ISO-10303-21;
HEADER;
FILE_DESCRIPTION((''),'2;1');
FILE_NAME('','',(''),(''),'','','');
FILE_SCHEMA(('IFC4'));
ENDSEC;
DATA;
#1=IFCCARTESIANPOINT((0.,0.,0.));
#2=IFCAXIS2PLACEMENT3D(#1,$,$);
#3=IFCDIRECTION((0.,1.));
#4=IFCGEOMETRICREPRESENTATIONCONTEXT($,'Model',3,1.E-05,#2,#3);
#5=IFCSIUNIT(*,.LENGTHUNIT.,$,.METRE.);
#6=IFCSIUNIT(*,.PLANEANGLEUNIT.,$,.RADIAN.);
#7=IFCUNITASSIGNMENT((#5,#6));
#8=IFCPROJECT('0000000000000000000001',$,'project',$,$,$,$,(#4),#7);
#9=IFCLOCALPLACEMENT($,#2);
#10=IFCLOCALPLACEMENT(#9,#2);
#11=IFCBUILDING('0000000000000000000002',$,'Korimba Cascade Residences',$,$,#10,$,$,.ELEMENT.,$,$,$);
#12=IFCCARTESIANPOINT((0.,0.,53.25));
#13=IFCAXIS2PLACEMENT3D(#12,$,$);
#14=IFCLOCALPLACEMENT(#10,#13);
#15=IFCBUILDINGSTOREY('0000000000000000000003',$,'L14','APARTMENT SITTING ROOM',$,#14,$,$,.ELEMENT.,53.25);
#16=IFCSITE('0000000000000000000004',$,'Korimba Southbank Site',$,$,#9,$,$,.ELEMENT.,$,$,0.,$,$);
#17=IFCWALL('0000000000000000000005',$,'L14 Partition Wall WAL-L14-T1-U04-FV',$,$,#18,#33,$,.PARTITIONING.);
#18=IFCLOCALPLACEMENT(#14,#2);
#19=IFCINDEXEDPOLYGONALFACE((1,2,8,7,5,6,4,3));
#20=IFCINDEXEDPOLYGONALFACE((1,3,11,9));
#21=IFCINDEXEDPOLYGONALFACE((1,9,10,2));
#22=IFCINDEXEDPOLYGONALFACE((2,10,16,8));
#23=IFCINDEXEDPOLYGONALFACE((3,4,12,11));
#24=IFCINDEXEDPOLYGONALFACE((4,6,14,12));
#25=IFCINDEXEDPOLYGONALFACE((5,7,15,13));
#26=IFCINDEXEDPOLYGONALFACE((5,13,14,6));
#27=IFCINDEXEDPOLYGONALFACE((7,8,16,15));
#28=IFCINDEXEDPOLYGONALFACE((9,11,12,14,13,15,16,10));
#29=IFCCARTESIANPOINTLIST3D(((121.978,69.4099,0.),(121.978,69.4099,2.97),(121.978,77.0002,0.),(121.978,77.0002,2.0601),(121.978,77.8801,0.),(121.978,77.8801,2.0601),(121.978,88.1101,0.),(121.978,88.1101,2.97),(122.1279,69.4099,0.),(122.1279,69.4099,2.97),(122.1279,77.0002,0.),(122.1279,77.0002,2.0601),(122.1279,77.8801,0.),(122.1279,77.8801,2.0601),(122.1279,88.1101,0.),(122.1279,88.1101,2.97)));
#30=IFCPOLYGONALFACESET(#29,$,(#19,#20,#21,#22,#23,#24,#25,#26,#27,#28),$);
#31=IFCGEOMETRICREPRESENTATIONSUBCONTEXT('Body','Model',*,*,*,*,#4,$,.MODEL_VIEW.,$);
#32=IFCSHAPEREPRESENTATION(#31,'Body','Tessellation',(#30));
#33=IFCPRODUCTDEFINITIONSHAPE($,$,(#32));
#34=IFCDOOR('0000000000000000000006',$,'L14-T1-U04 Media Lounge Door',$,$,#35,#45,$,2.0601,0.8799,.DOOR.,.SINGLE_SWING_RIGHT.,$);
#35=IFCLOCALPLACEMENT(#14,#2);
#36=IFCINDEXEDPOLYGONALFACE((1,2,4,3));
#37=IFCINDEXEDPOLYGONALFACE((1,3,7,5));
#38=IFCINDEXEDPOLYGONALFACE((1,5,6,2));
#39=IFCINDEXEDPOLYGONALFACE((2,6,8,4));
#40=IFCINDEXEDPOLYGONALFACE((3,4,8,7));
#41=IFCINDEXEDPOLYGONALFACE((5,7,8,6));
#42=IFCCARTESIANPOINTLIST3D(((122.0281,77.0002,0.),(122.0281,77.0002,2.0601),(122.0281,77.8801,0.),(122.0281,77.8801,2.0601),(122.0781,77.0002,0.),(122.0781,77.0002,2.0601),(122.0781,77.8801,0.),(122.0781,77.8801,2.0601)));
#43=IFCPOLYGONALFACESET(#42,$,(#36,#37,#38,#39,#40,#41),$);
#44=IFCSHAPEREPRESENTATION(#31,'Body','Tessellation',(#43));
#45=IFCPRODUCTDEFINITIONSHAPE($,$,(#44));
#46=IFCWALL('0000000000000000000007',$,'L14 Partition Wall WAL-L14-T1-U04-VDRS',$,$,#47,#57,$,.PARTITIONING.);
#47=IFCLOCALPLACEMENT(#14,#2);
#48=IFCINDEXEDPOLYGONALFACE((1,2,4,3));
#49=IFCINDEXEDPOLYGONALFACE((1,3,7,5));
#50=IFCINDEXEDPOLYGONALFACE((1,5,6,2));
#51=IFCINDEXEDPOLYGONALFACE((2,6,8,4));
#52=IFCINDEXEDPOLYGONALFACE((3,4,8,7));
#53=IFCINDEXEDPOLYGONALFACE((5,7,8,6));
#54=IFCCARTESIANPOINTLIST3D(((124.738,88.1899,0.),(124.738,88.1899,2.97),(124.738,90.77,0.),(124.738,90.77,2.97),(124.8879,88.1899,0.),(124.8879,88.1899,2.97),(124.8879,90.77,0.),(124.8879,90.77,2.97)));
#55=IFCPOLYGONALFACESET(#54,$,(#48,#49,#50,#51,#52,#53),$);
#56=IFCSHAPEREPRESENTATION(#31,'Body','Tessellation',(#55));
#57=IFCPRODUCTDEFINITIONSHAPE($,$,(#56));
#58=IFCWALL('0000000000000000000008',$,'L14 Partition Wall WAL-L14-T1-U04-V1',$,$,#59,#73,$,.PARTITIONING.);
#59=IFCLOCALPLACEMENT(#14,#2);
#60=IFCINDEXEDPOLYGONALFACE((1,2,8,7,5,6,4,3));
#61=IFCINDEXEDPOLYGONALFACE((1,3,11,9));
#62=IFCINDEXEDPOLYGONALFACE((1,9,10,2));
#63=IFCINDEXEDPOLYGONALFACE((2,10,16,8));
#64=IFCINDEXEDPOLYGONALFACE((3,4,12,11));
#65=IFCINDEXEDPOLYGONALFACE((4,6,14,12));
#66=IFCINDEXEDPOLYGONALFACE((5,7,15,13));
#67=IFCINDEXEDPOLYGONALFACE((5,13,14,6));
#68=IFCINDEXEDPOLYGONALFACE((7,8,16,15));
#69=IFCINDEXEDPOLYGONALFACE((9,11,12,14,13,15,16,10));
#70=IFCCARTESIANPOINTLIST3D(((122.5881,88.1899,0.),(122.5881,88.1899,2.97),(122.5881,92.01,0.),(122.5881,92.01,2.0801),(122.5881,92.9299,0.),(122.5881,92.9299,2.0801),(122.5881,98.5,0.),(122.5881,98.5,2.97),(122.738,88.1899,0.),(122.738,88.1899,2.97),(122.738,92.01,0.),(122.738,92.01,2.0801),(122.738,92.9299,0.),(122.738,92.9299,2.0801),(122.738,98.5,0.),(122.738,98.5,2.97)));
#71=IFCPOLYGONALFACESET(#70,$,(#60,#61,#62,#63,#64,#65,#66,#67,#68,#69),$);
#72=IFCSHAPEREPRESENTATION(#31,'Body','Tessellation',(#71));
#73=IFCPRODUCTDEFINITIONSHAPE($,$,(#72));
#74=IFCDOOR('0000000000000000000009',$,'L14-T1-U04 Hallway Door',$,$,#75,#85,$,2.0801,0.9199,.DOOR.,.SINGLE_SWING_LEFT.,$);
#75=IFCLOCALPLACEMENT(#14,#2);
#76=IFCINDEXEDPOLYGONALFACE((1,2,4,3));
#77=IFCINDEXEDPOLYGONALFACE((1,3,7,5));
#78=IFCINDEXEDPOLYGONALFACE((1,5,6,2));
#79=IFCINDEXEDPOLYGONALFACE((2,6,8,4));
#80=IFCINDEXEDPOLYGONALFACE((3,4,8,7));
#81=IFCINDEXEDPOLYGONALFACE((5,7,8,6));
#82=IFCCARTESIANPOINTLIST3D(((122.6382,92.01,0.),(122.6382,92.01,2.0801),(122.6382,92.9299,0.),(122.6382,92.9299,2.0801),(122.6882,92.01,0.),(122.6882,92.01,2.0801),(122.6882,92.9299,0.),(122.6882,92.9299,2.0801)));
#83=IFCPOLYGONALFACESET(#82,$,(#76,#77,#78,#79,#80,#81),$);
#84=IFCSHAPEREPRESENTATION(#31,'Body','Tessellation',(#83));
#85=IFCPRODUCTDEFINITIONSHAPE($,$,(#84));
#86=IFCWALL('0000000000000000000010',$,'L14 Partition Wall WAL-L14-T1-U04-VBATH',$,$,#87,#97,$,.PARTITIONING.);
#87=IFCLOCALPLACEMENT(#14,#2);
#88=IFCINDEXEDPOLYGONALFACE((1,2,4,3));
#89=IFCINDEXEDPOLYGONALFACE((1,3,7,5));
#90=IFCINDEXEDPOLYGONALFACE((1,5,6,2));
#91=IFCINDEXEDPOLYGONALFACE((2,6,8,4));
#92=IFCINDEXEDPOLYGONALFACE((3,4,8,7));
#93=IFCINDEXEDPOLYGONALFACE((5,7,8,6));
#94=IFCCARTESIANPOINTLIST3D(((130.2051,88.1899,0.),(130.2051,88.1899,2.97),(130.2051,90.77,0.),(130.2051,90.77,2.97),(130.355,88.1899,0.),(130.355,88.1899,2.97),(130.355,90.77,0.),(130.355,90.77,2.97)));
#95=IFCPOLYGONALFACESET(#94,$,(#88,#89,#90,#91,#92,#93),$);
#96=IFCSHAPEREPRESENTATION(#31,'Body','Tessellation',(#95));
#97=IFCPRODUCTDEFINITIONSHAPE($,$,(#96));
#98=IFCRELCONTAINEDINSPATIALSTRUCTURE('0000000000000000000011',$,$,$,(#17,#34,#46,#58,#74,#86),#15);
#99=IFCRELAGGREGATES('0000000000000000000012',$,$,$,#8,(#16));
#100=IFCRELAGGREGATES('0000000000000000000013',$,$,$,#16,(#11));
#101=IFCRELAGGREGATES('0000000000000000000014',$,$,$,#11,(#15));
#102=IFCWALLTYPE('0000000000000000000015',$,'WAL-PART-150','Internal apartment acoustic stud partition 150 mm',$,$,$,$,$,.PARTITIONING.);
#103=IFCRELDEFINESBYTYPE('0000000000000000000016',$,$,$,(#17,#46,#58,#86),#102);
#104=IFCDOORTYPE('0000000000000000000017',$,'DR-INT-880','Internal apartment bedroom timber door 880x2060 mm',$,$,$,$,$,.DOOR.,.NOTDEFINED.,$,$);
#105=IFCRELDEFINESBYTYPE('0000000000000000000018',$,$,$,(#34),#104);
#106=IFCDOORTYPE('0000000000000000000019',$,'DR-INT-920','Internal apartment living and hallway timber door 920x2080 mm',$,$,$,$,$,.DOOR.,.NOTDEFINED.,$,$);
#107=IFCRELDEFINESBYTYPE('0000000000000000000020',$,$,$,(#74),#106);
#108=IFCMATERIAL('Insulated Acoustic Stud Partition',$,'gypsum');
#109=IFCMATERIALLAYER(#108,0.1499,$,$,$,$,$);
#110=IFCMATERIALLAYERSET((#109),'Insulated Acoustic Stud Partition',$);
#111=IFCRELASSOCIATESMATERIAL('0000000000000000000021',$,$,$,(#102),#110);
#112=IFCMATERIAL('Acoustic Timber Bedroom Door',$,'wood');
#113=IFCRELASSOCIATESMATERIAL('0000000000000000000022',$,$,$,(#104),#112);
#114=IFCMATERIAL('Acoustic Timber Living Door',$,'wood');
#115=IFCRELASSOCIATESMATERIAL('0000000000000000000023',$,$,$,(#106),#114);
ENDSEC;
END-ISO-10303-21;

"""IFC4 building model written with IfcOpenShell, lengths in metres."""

from ifc_helpers import new_model, si_unit, direction, frame, frame_2d, origin, place, context, subcontext, project, spatial, rectangle, extrude, material, layer, layer_set, type_object, element, fill, save


model = new_model("IFC4")

# Units and contexts
model_context = context("Model", 3, precision=1e-05, world=origin(), true_north=direction((0.0, 1.0)))
body_context = subcontext(model_context, "Body", "Model", "MODEL_VIEW")
ifc_project = project(units=[si_unit("LENGTHUNIT", "METRE"), si_unit("PLANEANGLEUNIT", "RADIAN")], contexts=[model_context])

# Site, building, storey
site_placement = place(None, origin())
site = spatial("IfcSite", under=ifc_project, at=site_placement, Name="Korimba Southbank Site", CompositionType="ELEMENT", RefElevation=0.0)
building_placement = place(site_placement, origin())
building = spatial("IfcBuilding", under=site, at=building_placement, Name="Korimba Cascade Residences", CompositionType="ELEMENT")
storey_placement = place(building_placement, frame((0.0, 0.0, 53.25)))
storey = spatial("IfcBuildingStorey", under=building, at=storey_placement, Name="L14", Description="APARTMENT SITTING ROOM", CompositionType="ELEMENT", Elevation=53.25)

# Shared definitions
ifc_material_1 = material(Name="Insulated Acoustic Stud Partition", Category="gypsum")
ifc_layer_1 = layer(ifc_material_1, 0.1499)
ifc_layer_set_1 = layer_set([ifc_layer_1], Name="Insulated Acoustic Stud Partition")
wall_type_1 = type_object("IfcWallType", Name="WAL-PART-150", Description="Internal apartment acoustic stud partition 150 mm", PredefinedType="PARTITIONING", material=ifc_layer_set_1)
ifc_material_2 = material(Name="Acoustic Timber Bedroom Door", Category="wood")
door_type_1 = type_object("IfcDoorType", Name="DR-INT-880", Description="Internal apartment bedroom timber door 880x2060 mm", OperationType="NOTDEFINED", PredefinedType="DOOR", material=ifc_material_2)

# Wall, opening, door
wall_1_placement = place(storey_placement, frame((122.053, 69.4099, 0.0), z_axis=(0.0, 0.0, 1.0), x_axis=(0.0, 1.0, 0.0)))
wall_1 = element("IfcWall", 1, at=wall_1_placement, inside=storey, type_object=wall_type_1, Name="L14 Partition Wall WAL-L14-T1-U04-FV", PredefinedType="PARTITIONING", context=body_context, shape_type="SweptSolid", body=[
    extrude(rectangle(XDim=18.7002, YDim=0.1499, at=frame_2d((9.3501, 0.0))), origin(), (0.0, 0.0, 1.0), 2.97),
])
opening_1_placement = place(wall_1_placement, frame((7.5903, 0.0, 0.0)))
opening_1 = element("IfcOpeningElement", 2, at=opening_1_placement, cuts=wall_1, PredefinedType="OPENING", context=body_context, shape_type="SweptSolid", body=[
    extrude(rectangle(XDim=0.8799, YDim=2.0601, at=frame_2d((0.4399, 1.03))), frame((0.0, 0.085, 0.0), z_axis=(0.0, -1.0, 0.0), x_axis=(1.0, 0.0, 0.0)), (0.0, 0.0, 1.0), 0.1699),
])
door_1_placement = place(opening_1_placement, origin())
door_1 = element("IfcDoor", 3, at=door_1_placement, inside=storey, type_object=door_type_1, Name="L14-T1-U04 Media Lounge Door", OperationType="SINGLE_SWING_RIGHT", OverallHeight=2.0601, OverallWidth=0.8799, PredefinedType="DOOR", context=body_context, shape_type="SweptSolid", body=[
    extrude(rectangle(XDim=0.8799, YDim=2.0601, at=frame_2d((0.4399, 1.03))), frame((0.0, 0.0249, 0.0), z_axis=(0.0, -1.0, 0.0), x_axis=(1.0, 0.0, 0.0)), (0.0, 0.0, 1.0), 0.05),
])
fill(opening_1, door_1)

# Wall
wall_2_placement = place(storey_placement, frame((124.813, 88.1899, 0.0), z_axis=(0.0, 0.0, 1.0), x_axis=(0.0, 1.0, 0.0)))
element("IfcWall", 4, at=wall_2_placement, inside=storey, type_object=wall_type_1, Name="L14 Partition Wall WAL-L14-T1-U04-VDRS", PredefinedType="PARTITIONING", context=body_context, shape_type="SweptSolid", body=[
    extrude(rectangle(XDim=2.5801, YDim=0.1499, at=frame_2d((1.29, 0.0))), origin(), (0.0, 0.0, 1.0), 2.97),
])

# Wall, opening, door
wall_3_placement = place(storey_placement, frame((122.6631, 88.1899, 0.0), z_axis=(0.0, 0.0, 1.0), x_axis=(0.0, 1.0, 0.0)))
wall_3 = element("IfcWall", 5, at=wall_3_placement, inside=storey, type_object=wall_type_1, Name="L14 Partition Wall WAL-L14-T1-U04-V1", PredefinedType="PARTITIONING", context=body_context, shape_type="SweptSolid", body=[
    extrude(rectangle(XDim=10.3101, YDim=0.1499, at=frame_2d((5.155, 0.0))), origin(), (0.0, 0.0, 1.0), 2.97),
])
opening_2_placement = place(wall_3_placement, frame((3.8201, 0.0, 0.0)))
opening_2 = element("IfcOpeningElement", 6, at=opening_2_placement, cuts=wall_3, PredefinedType="OPENING", context=body_context, shape_type="SweptSolid", body=[
    extrude(rectangle(XDim=0.9199, YDim=2.0801, at=frame_2d((0.46, 1.04))), frame((0.0, 0.085, 0.0), z_axis=(0.0, -1.0, 0.0), x_axis=(1.0, 0.0, 0.0)), (0.0, 0.0, 1.0), 0.1699),
])
ifc_material_3 = material(Name="Acoustic Timber Living Door", Category="wood")
door_type_2 = type_object("IfcDoorType", Name="DR-INT-920", Description="Internal apartment living and hallway timber door 920x2080 mm", OperationType="NOTDEFINED", PredefinedType="DOOR", material=ifc_material_3)
door_2_placement = place(opening_2_placement, origin())
door_2 = element("IfcDoor", 7, at=door_2_placement, inside=storey, type_object=door_type_2, Name="L14-T1-U04 Hallway Door", OperationType="SINGLE_SWING_LEFT", OverallHeight=2.0801, OverallWidth=0.9199, PredefinedType="DOOR", context=body_context, shape_type="SweptSolid", body=[
    extrude(rectangle(XDim=0.9199, YDim=2.0801, at=frame_2d((0.46, 1.04))), frame((0.0, 0.0249, 0.0), z_axis=(0.0, -1.0, 0.0), x_axis=(1.0, 0.0, 0.0)), (0.0, 0.0, 1.0), 0.05),
])
fill(opening_2, door_2)

# Wall
wall_4_placement = place(storey_placement, frame((130.28, 88.1899, 0.0), z_axis=(0.0, 0.0, 1.0), x_axis=(0.0, 1.0, 0.0)))
element("IfcWall", 8, at=wall_4_placement, inside=storey, type_object=wall_type_1, Name="L14 Partition Wall WAL-L14-T1-U04-VBATH", PredefinedType="PARTITIONING", context=body_context, shape_type="SweptSolid", body=[
    extrude(rectangle(XDim=2.5801, YDim=0.1499, at=frame_2d((1.29, 0.0))), origin(), (0.0, 0.0, 1.0), 2.97),
])

save(model, "model.ifc")
